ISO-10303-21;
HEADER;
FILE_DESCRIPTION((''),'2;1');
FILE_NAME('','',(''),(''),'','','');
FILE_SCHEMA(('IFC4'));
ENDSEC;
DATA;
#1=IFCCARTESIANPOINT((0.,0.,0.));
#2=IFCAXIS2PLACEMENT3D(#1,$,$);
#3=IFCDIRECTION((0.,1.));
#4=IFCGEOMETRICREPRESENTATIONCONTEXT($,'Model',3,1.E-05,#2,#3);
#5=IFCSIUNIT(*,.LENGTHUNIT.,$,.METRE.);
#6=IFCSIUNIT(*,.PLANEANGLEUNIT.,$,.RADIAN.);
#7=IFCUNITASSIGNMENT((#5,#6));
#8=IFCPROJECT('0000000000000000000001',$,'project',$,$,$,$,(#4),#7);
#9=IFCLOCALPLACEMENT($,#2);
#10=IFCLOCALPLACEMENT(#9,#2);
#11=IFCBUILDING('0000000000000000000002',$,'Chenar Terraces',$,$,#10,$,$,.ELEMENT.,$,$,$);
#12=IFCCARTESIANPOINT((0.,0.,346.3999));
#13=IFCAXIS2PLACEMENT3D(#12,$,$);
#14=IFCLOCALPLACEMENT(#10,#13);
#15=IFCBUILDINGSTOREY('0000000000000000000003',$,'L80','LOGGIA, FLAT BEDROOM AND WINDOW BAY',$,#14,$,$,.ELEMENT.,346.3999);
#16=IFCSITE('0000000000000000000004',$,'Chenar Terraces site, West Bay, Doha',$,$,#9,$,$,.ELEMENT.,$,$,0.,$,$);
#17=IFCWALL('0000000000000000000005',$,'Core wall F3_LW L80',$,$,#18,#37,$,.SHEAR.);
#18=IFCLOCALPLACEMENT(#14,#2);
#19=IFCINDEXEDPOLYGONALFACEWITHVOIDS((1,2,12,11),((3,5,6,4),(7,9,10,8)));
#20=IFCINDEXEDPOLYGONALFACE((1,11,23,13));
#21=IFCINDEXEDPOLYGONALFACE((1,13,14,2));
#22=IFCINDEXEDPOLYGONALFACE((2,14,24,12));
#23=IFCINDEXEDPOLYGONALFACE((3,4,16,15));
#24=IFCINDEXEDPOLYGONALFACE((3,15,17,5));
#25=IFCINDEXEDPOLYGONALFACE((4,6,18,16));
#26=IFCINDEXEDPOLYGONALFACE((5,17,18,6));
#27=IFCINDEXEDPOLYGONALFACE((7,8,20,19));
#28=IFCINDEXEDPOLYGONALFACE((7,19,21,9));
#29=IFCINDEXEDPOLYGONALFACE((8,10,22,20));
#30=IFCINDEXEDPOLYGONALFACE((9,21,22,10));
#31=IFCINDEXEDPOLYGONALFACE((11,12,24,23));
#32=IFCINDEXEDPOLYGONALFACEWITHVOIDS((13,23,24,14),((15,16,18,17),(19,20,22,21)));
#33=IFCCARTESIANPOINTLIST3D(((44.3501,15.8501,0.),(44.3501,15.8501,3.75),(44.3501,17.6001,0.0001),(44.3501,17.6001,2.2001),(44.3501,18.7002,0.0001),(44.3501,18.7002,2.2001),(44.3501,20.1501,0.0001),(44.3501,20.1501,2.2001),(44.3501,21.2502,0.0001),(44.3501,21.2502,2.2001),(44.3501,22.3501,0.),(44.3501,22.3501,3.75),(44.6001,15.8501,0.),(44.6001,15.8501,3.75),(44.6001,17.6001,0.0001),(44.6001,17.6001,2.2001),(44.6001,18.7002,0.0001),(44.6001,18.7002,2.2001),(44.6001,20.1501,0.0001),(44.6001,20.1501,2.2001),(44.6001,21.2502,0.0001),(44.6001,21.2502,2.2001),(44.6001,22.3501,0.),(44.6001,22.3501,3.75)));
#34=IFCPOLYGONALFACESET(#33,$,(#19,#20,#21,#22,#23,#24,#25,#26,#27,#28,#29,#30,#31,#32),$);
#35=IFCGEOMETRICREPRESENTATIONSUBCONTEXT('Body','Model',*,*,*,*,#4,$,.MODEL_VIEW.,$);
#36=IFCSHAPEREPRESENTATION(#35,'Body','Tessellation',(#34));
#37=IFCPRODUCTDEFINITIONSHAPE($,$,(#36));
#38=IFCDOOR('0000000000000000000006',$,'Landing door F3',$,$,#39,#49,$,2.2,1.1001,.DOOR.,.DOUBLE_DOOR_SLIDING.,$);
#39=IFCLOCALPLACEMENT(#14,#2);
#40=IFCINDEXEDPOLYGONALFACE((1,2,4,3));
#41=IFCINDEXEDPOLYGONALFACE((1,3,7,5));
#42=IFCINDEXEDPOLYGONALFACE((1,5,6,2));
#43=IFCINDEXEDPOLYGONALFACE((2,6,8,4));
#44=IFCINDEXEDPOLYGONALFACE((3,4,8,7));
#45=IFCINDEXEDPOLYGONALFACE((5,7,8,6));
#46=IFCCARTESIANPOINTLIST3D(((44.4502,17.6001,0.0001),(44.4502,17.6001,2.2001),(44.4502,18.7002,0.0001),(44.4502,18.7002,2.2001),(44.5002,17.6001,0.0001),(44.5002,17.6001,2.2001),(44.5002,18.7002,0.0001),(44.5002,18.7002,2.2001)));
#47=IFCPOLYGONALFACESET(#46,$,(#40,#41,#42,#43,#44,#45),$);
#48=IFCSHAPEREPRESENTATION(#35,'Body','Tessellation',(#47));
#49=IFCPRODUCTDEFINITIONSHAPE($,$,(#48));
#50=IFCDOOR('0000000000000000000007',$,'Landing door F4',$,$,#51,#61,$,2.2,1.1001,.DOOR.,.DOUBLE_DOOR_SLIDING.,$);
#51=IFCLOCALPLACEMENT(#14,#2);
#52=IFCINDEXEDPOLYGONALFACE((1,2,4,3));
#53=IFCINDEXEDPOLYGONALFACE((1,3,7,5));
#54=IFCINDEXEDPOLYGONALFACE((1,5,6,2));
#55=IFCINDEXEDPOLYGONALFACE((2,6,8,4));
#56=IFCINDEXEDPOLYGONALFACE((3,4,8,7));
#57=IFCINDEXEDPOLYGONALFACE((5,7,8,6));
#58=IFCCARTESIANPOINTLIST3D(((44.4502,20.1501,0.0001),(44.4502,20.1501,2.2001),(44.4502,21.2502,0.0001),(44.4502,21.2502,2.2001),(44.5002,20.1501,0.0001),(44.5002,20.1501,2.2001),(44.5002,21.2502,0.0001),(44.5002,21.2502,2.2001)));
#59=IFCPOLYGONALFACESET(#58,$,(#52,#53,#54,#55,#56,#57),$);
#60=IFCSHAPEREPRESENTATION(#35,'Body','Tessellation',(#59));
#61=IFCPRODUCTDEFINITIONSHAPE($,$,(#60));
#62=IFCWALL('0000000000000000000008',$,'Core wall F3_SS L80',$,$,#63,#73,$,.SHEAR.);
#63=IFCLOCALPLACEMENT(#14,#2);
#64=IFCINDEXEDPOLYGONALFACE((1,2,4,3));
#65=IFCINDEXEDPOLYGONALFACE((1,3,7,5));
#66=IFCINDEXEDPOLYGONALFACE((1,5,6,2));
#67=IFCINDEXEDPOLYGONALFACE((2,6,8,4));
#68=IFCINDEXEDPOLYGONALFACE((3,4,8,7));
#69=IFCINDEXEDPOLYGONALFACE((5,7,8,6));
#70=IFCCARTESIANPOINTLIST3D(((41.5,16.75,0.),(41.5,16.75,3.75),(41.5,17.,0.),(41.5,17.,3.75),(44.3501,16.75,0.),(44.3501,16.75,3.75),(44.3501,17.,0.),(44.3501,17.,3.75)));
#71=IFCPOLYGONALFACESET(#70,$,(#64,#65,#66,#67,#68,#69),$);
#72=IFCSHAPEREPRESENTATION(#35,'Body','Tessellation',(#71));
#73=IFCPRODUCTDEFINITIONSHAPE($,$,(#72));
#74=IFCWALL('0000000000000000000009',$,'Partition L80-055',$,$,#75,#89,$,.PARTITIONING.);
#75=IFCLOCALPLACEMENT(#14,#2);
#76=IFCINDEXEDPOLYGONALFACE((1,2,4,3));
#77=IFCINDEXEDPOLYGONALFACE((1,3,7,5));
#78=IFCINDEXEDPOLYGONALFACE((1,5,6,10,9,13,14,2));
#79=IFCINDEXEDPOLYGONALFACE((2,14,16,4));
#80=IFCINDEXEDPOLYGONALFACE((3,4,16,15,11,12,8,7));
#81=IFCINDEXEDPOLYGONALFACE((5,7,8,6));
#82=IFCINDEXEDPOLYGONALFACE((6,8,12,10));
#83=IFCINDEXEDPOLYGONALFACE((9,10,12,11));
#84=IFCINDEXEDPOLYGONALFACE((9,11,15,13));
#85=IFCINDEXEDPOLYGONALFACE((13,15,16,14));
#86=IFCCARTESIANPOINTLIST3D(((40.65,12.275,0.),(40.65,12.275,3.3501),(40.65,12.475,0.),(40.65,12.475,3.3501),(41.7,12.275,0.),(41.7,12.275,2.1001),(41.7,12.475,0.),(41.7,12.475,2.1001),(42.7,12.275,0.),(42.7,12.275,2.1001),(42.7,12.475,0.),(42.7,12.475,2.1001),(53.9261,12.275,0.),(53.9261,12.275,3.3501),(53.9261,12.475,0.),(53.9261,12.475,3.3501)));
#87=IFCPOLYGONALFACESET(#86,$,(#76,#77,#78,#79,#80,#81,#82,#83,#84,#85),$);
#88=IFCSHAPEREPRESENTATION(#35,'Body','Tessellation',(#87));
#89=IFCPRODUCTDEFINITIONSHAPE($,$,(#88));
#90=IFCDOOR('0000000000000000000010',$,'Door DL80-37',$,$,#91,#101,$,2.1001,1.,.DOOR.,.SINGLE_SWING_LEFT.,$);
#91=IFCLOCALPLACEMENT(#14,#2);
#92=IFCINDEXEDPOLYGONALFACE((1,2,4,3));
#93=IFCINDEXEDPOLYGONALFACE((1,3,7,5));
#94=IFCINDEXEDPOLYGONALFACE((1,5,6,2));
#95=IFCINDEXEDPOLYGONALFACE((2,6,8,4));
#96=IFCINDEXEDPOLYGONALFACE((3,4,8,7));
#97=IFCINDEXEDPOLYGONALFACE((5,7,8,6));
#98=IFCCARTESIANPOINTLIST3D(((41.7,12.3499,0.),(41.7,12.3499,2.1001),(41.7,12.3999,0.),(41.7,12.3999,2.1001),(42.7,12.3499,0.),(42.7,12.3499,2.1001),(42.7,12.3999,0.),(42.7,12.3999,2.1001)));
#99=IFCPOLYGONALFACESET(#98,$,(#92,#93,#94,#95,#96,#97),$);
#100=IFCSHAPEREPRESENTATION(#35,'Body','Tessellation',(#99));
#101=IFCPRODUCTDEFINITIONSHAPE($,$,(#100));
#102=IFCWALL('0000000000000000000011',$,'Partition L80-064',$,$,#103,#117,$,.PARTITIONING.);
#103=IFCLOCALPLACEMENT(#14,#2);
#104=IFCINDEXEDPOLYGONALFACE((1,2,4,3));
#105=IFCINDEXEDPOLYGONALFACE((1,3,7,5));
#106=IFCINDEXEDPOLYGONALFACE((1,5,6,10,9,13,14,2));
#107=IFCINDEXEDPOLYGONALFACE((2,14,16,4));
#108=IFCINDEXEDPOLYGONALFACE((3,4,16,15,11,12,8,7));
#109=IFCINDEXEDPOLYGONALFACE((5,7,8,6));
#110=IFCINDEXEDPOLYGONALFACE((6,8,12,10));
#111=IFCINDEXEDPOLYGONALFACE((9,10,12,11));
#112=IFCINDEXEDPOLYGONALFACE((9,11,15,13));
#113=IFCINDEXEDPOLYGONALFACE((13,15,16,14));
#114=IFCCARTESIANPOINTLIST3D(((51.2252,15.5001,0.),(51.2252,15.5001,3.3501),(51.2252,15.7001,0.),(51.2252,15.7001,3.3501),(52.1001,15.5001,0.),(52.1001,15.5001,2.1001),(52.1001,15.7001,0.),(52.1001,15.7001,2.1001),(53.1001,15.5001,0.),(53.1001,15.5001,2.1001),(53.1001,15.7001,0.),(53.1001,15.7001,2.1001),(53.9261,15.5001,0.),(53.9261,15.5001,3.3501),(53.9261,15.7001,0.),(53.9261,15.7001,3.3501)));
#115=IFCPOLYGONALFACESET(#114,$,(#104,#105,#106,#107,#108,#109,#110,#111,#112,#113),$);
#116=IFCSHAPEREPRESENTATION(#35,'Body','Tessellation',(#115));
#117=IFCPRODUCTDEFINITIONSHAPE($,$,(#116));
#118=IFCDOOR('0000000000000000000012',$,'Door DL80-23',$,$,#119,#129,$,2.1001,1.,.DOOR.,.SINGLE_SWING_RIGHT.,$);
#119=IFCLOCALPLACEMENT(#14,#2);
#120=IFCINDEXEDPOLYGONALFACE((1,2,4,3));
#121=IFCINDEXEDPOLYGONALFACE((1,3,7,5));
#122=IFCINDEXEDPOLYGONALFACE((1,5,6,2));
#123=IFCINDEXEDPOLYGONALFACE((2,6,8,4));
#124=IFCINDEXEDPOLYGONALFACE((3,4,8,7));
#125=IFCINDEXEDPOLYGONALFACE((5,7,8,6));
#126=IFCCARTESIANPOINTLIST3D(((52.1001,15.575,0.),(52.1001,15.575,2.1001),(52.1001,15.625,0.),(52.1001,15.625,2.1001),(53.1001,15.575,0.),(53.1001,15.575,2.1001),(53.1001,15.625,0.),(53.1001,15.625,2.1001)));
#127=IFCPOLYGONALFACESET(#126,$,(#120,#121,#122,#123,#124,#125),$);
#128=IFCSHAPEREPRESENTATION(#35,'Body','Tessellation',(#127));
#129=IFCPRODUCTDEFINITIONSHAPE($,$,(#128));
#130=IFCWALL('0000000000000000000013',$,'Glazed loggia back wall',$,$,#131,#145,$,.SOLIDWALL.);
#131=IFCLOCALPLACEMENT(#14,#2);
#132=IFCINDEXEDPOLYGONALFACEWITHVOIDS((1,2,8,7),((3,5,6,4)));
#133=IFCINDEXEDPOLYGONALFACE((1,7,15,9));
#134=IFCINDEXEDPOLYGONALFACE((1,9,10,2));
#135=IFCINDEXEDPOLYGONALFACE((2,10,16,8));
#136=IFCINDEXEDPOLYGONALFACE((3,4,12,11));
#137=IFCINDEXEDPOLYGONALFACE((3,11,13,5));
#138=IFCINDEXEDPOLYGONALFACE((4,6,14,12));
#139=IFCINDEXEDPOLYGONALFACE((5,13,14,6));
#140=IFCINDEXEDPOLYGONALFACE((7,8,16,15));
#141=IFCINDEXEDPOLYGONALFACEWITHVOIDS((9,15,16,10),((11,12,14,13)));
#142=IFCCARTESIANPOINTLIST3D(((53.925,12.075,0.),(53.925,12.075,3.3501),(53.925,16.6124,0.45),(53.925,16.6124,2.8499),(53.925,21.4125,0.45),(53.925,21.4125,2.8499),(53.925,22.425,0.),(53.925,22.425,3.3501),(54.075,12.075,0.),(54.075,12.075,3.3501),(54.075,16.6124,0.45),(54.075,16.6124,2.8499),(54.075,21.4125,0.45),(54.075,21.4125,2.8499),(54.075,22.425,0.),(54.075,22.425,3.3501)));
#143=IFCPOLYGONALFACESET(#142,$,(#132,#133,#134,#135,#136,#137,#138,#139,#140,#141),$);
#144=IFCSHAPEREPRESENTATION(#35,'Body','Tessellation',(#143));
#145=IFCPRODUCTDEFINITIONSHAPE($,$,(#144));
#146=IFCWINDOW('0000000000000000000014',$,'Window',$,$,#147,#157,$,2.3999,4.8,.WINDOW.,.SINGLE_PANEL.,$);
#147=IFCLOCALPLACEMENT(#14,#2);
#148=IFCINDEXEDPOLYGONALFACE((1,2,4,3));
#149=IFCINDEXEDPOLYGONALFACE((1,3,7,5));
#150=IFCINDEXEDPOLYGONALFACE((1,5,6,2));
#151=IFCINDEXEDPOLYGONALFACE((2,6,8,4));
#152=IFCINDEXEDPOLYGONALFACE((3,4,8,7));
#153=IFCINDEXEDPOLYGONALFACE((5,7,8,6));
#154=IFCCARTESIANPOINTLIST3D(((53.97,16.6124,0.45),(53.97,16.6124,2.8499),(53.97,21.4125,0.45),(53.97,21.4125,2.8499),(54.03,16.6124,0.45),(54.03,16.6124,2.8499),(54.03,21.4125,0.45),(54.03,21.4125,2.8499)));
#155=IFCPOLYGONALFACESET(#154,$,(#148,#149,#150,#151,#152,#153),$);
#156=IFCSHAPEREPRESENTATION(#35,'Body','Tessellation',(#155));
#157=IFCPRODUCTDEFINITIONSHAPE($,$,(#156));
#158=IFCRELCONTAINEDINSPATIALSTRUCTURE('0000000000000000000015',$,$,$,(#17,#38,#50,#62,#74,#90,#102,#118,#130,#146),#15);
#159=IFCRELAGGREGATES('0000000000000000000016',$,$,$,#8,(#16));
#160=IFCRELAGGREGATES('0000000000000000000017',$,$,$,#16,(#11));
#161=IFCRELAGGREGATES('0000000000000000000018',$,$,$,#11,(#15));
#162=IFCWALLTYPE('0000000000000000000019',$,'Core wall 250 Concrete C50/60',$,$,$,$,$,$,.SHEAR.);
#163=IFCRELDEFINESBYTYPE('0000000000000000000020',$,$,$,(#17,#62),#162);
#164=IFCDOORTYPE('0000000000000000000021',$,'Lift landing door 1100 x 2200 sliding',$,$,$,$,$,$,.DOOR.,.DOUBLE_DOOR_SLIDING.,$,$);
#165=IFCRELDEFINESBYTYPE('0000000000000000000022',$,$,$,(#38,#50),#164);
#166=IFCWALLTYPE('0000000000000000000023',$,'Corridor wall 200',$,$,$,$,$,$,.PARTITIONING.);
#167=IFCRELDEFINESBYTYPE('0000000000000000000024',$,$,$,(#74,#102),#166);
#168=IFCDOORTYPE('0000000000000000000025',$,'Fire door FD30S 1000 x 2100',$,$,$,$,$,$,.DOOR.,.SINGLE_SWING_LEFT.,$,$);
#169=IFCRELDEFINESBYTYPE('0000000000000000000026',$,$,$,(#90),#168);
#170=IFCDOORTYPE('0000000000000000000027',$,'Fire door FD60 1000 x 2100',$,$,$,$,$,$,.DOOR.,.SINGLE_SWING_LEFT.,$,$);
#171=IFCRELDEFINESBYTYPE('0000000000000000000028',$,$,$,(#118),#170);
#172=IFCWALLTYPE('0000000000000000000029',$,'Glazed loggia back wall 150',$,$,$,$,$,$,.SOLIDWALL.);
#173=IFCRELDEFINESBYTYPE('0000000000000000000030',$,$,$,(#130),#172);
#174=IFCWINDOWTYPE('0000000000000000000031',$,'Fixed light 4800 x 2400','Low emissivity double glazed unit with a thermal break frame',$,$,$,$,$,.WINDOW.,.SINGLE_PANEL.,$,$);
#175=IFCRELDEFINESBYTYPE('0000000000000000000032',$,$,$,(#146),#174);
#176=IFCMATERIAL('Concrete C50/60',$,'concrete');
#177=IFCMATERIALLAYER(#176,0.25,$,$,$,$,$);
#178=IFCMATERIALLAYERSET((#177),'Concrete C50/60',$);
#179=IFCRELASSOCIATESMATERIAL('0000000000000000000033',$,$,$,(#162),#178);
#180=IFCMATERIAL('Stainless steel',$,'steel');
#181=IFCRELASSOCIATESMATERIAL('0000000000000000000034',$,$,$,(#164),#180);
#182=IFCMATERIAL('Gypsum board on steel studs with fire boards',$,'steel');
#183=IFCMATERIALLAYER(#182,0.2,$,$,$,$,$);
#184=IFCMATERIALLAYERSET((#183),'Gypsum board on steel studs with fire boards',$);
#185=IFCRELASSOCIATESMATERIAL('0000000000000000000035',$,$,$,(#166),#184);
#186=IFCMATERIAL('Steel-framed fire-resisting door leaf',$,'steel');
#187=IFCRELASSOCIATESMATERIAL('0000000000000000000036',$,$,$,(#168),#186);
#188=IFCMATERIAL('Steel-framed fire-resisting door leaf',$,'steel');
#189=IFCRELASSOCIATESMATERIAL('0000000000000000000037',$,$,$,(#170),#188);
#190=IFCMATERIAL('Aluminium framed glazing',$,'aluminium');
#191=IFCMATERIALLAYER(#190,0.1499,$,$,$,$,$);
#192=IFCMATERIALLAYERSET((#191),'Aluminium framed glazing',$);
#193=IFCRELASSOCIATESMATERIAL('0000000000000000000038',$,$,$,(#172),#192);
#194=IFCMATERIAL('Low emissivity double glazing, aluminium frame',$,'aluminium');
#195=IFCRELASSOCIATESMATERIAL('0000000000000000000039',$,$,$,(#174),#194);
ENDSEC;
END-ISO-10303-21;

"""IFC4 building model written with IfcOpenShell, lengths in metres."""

from ifc_helpers import new_model, si_unit, direction, frame, frame_2d, origin, place, context, subcontext, project, spatial, rectangle, extrude, material, layer, layer_set, type_object, element, fill, save


model = new_model("IFC4")

# Units and contexts
model_context = context("Model", 3, precision=1e-05, world=origin(), true_north=direction((0.0, 1.0)))
body_context = subcontext(model_context, "Body", "Model", "MODEL_VIEW")
ifc_project = project(units=[si_unit("LENGTHUNIT", "METRE"), si_unit("PLANEANGLEUNIT", "RADIAN")], contexts=[model_context])

# Site, building, storey
site_placement = place(None, origin())
site = spatial("IfcSite", under=ifc_project, at=site_placement, Name="Chenar Terraces site, West Bay, Doha", CompositionType="ELEMENT", RefElevation=0.0)
building_placement = place(site_placement, origin())
building = spatial("IfcBuilding", under=site, at=building_placement, Name="Chenar Terraces", CompositionType="ELEMENT")
storey_placement = place(building_placement, frame((0.0, 0.0, 346.3999)))
storey = spatial("IfcBuildingStorey", under=building, at=storey_placement, Name="L80", Description="LOGGIA, FLAT BEDROOM AND WINDOW BAY", CompositionType="ELEMENT", Elevation=346.3999)

# Shared definitions
ifc_material_1 = material(Name="Concrete C50/60", Category="concrete")
ifc_layer_1 = layer(ifc_material_1, 0.25)
ifc_layer_set_1 = layer_set([ifc_layer_1], Name="Concrete C50/60")
wall_type_1 = type_object("IfcWallType", Name="Core wall 250 Concrete C50/60", PredefinedType="SHEAR", material=ifc_layer_set_1)

# Wall, openings, doors
wall_1_placement = place(storey_placement, frame((44.4751, 15.8501, 0.0), z_axis=(0.0, 0.0, 1.0), x_axis=(0.0, 1.0, 0.0)))
wall_1 = element("IfcWall", 1, at=wall_1_placement, inside=storey, type_object=wall_type_1, Name="Core wall F3_LW L80", PredefinedType="SHEAR", context=body_context, shape_type="SweptSolid", body=[
    extrude(rectangle(XDim=6.5, YDim=0.25, at=frame_2d((3.25, 0.0))), origin(), (0.0, 0.0, 1.0), 3.75),
])
opening_1_placement = place(wall_1_placement, frame((1.75, 0.0, 0.0)))
opening_1 = element("IfcOpeningElement", 2, at=opening_1_placement, cuts=wall_1, PredefinedType="OPENING", context=body_context, shape_type="SweptSolid", body=[
    extrude(rectangle(XDim=1.1001, YDim=2.2, at=frame_2d((0.55, 1.1001))), frame((0.0, 0.135, 0.0), z_axis=(0.0, -1.0, 0.0), x_axis=(1.0, 0.0, 0.0)), (0.0, 0.0, 1.0), 0.27),
])
opening_2_placement = place(wall_1_placement, frame((4.3, 0.0, 0.0)))
opening_2 = element("IfcOpeningElement", 3, at=opening_2_placement, cuts=wall_1, PredefinedType="OPENING", context=body_context, shape_type="SweptSolid", body=[
    extrude(rectangle(XDim=1.1001, YDim=2.2, at=frame_2d((0.55, 1.1001))), frame((0.0, 0.135, 0.0), z_axis=(0.0, -1.0, 0.0), x_axis=(1.0, 0.0, 0.0)), (0.0, 0.0, 1.0), 0.27),
])
ifc_material_2 = material(Name="Stainless steel", Category="steel")
door_type_1 = type_object("IfcDoorType", Name="Lift landing door 1100 x 2200 sliding", OperationType="DOUBLE_DOOR_SLIDING", PredefinedType="DOOR", material=ifc_material_2)
door_1_placement = place(opening_1_placement, origin())
door_1 = element("IfcDoor", 4, at=door_1_placement, inside=storey, type_object=door_type_1, Name="Landing door F3", OperationType="DOUBLE_DOOR_SLIDING", OverallHeight=2.2, OverallWidth=1.1001, PredefinedType="DOOR", context=body_context, shape_type="SweptSolid", body=[
    extrude(rectangle(XDim=1.1001, YDim=2.2, at=frame_2d((0.55, 1.1001))), frame((0.0, 0.0249, 0.0), z_axis=(0.0, -1.0, 0.0), x_axis=(1.0, 0.0, 0.0)), (0.0, 0.0, 1.0), 0.05),
])
fill(opening_1, door_1)
door_2_placement = place(opening_2_placement, origin())
door_2 = element("IfcDoor", 5, at=door_2_placement, inside=storey, type_object=door_type_1, Name="Landing door F4", OperationType="DOUBLE_DOOR_SLIDING", OverallHeight=2.2, OverallWidth=1.1001, PredefinedType="DOOR", context=body_context, shape_type="SweptSolid", body=[
    extrude(rectangle(XDim=1.1001, YDim=2.2, at=frame_2d((0.55, 1.1001))), frame((0.0, 0.0249, 0.0), z_axis=(0.0, -1.0, 0.0), x_axis=(1.0, 0.0, 0.0)), (0.0, 0.0, 1.0), 0.05),
])
fill(opening_2, door_2)

# Wall
wall_2_placement = place(storey_placement, frame((41.5, 16.875, 0.0), z_axis=(0.0, 0.0, 1.0), x_axis=(1.0, 0.0, 0.0)))
element("IfcWall", 6, at=wall_2_placement, inside=storey, type_object=wall_type_1, Name="Core wall F3_SS L80", PredefinedType="SHEAR", context=body_context, shape_type="SweptSolid", body=[
    extrude(rectangle(XDim=2.8501, YDim=0.25, at=frame_2d((1.425, 0.0))), origin(), (0.0, 0.0, 1.0), 3.75),
])

# Walls, openings, doors
ifc_material_3 = material(Name="Gypsum board on steel studs with fire boards", Category="steel")
ifc_layer_2 = layer(ifc_material_3, 0.2)
ifc_layer_set_2 = layer_set([ifc_layer_2], Name="Gypsum board on steel studs with fire boards")
wall_type_2 = type_object("IfcWallType", Name="Corridor wall 200", PredefinedType="PARTITIONING", material=ifc_layer_set_2)
wall_3_placement = place(storey_placement, frame((40.6499, 12.375, 0.0), z_axis=(0.0, 0.0, 1.0), x_axis=(1.0, 0.0, 0.0)))
wall_3 = element("IfcWall", 7, at=wall_3_placement, inside=storey, type_object=wall_type_2, Name="Partition L80-055", PredefinedType="PARTITIONING", context=body_context, shape_type="SweptSolid", body=[
    extrude(rectangle(XDim=13.2761, YDim=0.2, at=frame_2d((6.6382, 0.0))), origin(), (0.0, 0.0, 1.0), 3.3501),
])
opening_3_placement = place(wall_3_placement, frame((1.05, 0.0, 0.0)))
opening_3 = element("IfcOpeningElement", 8, at=opening_3_placement, cuts=wall_3, PredefinedType="OPENING", context=body_context, shape_type="SweptSolid", body=[
    extrude(rectangle(XDim=1.0, YDim=2.1001, at=frame_2d((0.5, 1.05))), frame((0.0, 0.1099, 0.0), z_axis=(0.0, -1.0, 0.0), x_axis=(1.0, 0.0, 0.0)), (0.0, 0.0, 1.0), 0.22),
])
ifc_material_4 = material(Name="Steel-framed fire-resisting door leaf", Category="steel")
door_type_2 = type_object("IfcDoorType", Name="Fire door FD30S 1000 x 2100", OperationType="SINGLE_SWING_LEFT", PredefinedType="DOOR", material=ifc_material_4)
door_3_placement = place(opening_3_placement, origin())
door_3 = element("IfcDoor", 9, at=door_3_placement, inside=storey, type_object=door_type_2, Name="Door DL80-37", OperationType="SINGLE_SWING_LEFT", OverallHeight=2.1001, OverallWidth=1.0, PredefinedType="DOOR", context=body_context, shape_type="SweptSolid", body=[
    extrude(rectangle(XDim=1.0, YDim=2.1001, at=frame_2d((0.5, 1.05))), frame((0.0, 0.0249, 0.0), z_axis=(0.0, -1.0, 0.0), x_axis=(1.0, 0.0, 0.0)), (0.0, 0.0, 1.0), 0.05),
])
fill(opening_3, door_3)
wall_4_placement = place(storey_placement, frame((51.2251, 15.6001, 0.0), z_axis=(0.0, 0.0, 1.0), x_axis=(1.0, 0.0, 0.0)))
wall_4 = element("IfcWall", 10, at=wall_4_placement, inside=storey, type_object=wall_type_2, Name="Partition L80-064", PredefinedType="PARTITIONING", context=body_context, shape_type="SweptSolid", body=[
    extrude(rectangle(XDim=2.7009, YDim=0.2, at=frame_2d((1.3506, 0.0))), origin(), (0.0, 0.0, 1.0), 3.3501),
])
opening_4_placement = place(wall_4_placement, frame((0.875, 0.0, 0.0)))
opening_4 = element("IfcOpeningElement", 11, at=opening_4_placement, cuts=wall_4, PredefinedType="OPENING", context=body_context, shape_type="SweptSolid", body=[
    extrude(rectangle(XDim=1.0, YDim=2.1001, at=frame_2d((0.5, 1.05))), frame((0.0, 0.1099, 0.0), z_axis=(0.0, -1.0, 0.0), x_axis=(1.0, 0.0, 0.0)), (0.0, 0.0, 1.0), 0.22),
])
ifc_material_5 = material(Name="Steel-framed fire-resisting door leaf", Category="steel")
door_type_3 = type_object("IfcDoorType", Name="Fire door FD60 1000 x 2100", OperationType="SINGLE_SWING_LEFT", PredefinedType="DOOR", material=ifc_material_5)
door_4_placement = place(opening_4_placement, origin())
door_4 = element("IfcDoor", 12, at=door_4_placement, inside=storey, type_object=door_type_3, Name="Door DL80-23", OperationType="SINGLE_SWING_RIGHT", OverallHeight=2.1001, OverallWidth=1.0, PredefinedType="DOOR", context=body_context, shape_type="SweptSolid", body=[
    extrude(rectangle(XDim=1.0, YDim=2.1001, at=frame_2d((0.5, 1.05))), frame((0.0, 0.0249, 0.0), z_axis=(0.0, -1.0, 0.0), x_axis=(1.0, 0.0, 0.0)), (0.0, 0.0, 1.0), 0.05),
])
fill(opening_4, door_4)

# Wall, opening, window
ifc_material_6 = material(Name="Aluminium framed glazing", Category="aluminium")
ifc_layer_3 = layer(ifc_material_6, 0.1499)
ifc_layer_set_3 = layer_set([ifc_layer_3], Name="Aluminium framed glazing")
wall_type_3 = type_object("IfcWallType", Name="Glazed loggia back wall 150", PredefinedType="SOLIDWALL", material=ifc_layer_set_3)
wall_5_placement = place(storey_placement, frame((54.0, 12.075, 0.0), z_axis=(0.0, 0.0, 1.0), x_axis=(0.0, 1.0, 0.0)))
wall_5 = element("IfcWall", 13, at=wall_5_placement, inside=storey, type_object=wall_type_3, Name="Glazed loggia back wall", PredefinedType="SOLIDWALL", context=body_context, shape_type="SweptSolid", body=[
    extrude(rectangle(XDim=10.3501, YDim=0.1499, at=frame_2d((5.175, 0.0))), origin(), (0.0, 0.0, 1.0), 3.3501),
])
opening_5_placement = place(wall_5_placement, frame((4.5376, 0.0, 0.45)))
opening_5 = element("IfcOpeningElement", 14, at=opening_5_placement, cuts=wall_5, PredefinedType="OPENING", context=body_context, shape_type="SweptSolid", body=[
    extrude(rectangle(XDim=4.8, YDim=2.3999, at=frame_2d((2.3999, 1.2))), frame((0.0, 0.085, 0.0), z_axis=(0.0, -1.0, 0.0), x_axis=(1.0, 0.0, 0.0)), (0.0, 0.0, 1.0), 0.1699),
])
ifc_material_7 = material(Name="Low emissivity double glazing, aluminium frame", Category="aluminium")
window_type = type_object("IfcWindowType", Name="Fixed light 4800 x 2400", Description="Low emissivity double glazed unit with a thermal break frame", PartitioningType="SINGLE_PANEL", PredefinedType="WINDOW", material=ifc_material_7)
window_placement = place(opening_5_placement, origin())
window = element("IfcWindow", 15, at=window_placement, inside=storey, type_object=window_type, Name="Window", OverallHeight=2.3999, OverallWidth=4.8, PartitioningType="SINGLE_PANEL", PredefinedType="WINDOW", context=body_context, shape_type="SweptSolid", body=[
    extrude(rectangle(XDim=4.8, YDim=2.3999, at=frame_2d((2.3999, 1.2))), frame((0.0, 0.03, 0.0), z_axis=(0.0, -1.0, 0.0), x_axis=(1.0, 0.0, 0.0)), (0.0, 0.0, 1.0), 0.0601),
])
fill(opening_5, window)

save(model, "model.ifc")
